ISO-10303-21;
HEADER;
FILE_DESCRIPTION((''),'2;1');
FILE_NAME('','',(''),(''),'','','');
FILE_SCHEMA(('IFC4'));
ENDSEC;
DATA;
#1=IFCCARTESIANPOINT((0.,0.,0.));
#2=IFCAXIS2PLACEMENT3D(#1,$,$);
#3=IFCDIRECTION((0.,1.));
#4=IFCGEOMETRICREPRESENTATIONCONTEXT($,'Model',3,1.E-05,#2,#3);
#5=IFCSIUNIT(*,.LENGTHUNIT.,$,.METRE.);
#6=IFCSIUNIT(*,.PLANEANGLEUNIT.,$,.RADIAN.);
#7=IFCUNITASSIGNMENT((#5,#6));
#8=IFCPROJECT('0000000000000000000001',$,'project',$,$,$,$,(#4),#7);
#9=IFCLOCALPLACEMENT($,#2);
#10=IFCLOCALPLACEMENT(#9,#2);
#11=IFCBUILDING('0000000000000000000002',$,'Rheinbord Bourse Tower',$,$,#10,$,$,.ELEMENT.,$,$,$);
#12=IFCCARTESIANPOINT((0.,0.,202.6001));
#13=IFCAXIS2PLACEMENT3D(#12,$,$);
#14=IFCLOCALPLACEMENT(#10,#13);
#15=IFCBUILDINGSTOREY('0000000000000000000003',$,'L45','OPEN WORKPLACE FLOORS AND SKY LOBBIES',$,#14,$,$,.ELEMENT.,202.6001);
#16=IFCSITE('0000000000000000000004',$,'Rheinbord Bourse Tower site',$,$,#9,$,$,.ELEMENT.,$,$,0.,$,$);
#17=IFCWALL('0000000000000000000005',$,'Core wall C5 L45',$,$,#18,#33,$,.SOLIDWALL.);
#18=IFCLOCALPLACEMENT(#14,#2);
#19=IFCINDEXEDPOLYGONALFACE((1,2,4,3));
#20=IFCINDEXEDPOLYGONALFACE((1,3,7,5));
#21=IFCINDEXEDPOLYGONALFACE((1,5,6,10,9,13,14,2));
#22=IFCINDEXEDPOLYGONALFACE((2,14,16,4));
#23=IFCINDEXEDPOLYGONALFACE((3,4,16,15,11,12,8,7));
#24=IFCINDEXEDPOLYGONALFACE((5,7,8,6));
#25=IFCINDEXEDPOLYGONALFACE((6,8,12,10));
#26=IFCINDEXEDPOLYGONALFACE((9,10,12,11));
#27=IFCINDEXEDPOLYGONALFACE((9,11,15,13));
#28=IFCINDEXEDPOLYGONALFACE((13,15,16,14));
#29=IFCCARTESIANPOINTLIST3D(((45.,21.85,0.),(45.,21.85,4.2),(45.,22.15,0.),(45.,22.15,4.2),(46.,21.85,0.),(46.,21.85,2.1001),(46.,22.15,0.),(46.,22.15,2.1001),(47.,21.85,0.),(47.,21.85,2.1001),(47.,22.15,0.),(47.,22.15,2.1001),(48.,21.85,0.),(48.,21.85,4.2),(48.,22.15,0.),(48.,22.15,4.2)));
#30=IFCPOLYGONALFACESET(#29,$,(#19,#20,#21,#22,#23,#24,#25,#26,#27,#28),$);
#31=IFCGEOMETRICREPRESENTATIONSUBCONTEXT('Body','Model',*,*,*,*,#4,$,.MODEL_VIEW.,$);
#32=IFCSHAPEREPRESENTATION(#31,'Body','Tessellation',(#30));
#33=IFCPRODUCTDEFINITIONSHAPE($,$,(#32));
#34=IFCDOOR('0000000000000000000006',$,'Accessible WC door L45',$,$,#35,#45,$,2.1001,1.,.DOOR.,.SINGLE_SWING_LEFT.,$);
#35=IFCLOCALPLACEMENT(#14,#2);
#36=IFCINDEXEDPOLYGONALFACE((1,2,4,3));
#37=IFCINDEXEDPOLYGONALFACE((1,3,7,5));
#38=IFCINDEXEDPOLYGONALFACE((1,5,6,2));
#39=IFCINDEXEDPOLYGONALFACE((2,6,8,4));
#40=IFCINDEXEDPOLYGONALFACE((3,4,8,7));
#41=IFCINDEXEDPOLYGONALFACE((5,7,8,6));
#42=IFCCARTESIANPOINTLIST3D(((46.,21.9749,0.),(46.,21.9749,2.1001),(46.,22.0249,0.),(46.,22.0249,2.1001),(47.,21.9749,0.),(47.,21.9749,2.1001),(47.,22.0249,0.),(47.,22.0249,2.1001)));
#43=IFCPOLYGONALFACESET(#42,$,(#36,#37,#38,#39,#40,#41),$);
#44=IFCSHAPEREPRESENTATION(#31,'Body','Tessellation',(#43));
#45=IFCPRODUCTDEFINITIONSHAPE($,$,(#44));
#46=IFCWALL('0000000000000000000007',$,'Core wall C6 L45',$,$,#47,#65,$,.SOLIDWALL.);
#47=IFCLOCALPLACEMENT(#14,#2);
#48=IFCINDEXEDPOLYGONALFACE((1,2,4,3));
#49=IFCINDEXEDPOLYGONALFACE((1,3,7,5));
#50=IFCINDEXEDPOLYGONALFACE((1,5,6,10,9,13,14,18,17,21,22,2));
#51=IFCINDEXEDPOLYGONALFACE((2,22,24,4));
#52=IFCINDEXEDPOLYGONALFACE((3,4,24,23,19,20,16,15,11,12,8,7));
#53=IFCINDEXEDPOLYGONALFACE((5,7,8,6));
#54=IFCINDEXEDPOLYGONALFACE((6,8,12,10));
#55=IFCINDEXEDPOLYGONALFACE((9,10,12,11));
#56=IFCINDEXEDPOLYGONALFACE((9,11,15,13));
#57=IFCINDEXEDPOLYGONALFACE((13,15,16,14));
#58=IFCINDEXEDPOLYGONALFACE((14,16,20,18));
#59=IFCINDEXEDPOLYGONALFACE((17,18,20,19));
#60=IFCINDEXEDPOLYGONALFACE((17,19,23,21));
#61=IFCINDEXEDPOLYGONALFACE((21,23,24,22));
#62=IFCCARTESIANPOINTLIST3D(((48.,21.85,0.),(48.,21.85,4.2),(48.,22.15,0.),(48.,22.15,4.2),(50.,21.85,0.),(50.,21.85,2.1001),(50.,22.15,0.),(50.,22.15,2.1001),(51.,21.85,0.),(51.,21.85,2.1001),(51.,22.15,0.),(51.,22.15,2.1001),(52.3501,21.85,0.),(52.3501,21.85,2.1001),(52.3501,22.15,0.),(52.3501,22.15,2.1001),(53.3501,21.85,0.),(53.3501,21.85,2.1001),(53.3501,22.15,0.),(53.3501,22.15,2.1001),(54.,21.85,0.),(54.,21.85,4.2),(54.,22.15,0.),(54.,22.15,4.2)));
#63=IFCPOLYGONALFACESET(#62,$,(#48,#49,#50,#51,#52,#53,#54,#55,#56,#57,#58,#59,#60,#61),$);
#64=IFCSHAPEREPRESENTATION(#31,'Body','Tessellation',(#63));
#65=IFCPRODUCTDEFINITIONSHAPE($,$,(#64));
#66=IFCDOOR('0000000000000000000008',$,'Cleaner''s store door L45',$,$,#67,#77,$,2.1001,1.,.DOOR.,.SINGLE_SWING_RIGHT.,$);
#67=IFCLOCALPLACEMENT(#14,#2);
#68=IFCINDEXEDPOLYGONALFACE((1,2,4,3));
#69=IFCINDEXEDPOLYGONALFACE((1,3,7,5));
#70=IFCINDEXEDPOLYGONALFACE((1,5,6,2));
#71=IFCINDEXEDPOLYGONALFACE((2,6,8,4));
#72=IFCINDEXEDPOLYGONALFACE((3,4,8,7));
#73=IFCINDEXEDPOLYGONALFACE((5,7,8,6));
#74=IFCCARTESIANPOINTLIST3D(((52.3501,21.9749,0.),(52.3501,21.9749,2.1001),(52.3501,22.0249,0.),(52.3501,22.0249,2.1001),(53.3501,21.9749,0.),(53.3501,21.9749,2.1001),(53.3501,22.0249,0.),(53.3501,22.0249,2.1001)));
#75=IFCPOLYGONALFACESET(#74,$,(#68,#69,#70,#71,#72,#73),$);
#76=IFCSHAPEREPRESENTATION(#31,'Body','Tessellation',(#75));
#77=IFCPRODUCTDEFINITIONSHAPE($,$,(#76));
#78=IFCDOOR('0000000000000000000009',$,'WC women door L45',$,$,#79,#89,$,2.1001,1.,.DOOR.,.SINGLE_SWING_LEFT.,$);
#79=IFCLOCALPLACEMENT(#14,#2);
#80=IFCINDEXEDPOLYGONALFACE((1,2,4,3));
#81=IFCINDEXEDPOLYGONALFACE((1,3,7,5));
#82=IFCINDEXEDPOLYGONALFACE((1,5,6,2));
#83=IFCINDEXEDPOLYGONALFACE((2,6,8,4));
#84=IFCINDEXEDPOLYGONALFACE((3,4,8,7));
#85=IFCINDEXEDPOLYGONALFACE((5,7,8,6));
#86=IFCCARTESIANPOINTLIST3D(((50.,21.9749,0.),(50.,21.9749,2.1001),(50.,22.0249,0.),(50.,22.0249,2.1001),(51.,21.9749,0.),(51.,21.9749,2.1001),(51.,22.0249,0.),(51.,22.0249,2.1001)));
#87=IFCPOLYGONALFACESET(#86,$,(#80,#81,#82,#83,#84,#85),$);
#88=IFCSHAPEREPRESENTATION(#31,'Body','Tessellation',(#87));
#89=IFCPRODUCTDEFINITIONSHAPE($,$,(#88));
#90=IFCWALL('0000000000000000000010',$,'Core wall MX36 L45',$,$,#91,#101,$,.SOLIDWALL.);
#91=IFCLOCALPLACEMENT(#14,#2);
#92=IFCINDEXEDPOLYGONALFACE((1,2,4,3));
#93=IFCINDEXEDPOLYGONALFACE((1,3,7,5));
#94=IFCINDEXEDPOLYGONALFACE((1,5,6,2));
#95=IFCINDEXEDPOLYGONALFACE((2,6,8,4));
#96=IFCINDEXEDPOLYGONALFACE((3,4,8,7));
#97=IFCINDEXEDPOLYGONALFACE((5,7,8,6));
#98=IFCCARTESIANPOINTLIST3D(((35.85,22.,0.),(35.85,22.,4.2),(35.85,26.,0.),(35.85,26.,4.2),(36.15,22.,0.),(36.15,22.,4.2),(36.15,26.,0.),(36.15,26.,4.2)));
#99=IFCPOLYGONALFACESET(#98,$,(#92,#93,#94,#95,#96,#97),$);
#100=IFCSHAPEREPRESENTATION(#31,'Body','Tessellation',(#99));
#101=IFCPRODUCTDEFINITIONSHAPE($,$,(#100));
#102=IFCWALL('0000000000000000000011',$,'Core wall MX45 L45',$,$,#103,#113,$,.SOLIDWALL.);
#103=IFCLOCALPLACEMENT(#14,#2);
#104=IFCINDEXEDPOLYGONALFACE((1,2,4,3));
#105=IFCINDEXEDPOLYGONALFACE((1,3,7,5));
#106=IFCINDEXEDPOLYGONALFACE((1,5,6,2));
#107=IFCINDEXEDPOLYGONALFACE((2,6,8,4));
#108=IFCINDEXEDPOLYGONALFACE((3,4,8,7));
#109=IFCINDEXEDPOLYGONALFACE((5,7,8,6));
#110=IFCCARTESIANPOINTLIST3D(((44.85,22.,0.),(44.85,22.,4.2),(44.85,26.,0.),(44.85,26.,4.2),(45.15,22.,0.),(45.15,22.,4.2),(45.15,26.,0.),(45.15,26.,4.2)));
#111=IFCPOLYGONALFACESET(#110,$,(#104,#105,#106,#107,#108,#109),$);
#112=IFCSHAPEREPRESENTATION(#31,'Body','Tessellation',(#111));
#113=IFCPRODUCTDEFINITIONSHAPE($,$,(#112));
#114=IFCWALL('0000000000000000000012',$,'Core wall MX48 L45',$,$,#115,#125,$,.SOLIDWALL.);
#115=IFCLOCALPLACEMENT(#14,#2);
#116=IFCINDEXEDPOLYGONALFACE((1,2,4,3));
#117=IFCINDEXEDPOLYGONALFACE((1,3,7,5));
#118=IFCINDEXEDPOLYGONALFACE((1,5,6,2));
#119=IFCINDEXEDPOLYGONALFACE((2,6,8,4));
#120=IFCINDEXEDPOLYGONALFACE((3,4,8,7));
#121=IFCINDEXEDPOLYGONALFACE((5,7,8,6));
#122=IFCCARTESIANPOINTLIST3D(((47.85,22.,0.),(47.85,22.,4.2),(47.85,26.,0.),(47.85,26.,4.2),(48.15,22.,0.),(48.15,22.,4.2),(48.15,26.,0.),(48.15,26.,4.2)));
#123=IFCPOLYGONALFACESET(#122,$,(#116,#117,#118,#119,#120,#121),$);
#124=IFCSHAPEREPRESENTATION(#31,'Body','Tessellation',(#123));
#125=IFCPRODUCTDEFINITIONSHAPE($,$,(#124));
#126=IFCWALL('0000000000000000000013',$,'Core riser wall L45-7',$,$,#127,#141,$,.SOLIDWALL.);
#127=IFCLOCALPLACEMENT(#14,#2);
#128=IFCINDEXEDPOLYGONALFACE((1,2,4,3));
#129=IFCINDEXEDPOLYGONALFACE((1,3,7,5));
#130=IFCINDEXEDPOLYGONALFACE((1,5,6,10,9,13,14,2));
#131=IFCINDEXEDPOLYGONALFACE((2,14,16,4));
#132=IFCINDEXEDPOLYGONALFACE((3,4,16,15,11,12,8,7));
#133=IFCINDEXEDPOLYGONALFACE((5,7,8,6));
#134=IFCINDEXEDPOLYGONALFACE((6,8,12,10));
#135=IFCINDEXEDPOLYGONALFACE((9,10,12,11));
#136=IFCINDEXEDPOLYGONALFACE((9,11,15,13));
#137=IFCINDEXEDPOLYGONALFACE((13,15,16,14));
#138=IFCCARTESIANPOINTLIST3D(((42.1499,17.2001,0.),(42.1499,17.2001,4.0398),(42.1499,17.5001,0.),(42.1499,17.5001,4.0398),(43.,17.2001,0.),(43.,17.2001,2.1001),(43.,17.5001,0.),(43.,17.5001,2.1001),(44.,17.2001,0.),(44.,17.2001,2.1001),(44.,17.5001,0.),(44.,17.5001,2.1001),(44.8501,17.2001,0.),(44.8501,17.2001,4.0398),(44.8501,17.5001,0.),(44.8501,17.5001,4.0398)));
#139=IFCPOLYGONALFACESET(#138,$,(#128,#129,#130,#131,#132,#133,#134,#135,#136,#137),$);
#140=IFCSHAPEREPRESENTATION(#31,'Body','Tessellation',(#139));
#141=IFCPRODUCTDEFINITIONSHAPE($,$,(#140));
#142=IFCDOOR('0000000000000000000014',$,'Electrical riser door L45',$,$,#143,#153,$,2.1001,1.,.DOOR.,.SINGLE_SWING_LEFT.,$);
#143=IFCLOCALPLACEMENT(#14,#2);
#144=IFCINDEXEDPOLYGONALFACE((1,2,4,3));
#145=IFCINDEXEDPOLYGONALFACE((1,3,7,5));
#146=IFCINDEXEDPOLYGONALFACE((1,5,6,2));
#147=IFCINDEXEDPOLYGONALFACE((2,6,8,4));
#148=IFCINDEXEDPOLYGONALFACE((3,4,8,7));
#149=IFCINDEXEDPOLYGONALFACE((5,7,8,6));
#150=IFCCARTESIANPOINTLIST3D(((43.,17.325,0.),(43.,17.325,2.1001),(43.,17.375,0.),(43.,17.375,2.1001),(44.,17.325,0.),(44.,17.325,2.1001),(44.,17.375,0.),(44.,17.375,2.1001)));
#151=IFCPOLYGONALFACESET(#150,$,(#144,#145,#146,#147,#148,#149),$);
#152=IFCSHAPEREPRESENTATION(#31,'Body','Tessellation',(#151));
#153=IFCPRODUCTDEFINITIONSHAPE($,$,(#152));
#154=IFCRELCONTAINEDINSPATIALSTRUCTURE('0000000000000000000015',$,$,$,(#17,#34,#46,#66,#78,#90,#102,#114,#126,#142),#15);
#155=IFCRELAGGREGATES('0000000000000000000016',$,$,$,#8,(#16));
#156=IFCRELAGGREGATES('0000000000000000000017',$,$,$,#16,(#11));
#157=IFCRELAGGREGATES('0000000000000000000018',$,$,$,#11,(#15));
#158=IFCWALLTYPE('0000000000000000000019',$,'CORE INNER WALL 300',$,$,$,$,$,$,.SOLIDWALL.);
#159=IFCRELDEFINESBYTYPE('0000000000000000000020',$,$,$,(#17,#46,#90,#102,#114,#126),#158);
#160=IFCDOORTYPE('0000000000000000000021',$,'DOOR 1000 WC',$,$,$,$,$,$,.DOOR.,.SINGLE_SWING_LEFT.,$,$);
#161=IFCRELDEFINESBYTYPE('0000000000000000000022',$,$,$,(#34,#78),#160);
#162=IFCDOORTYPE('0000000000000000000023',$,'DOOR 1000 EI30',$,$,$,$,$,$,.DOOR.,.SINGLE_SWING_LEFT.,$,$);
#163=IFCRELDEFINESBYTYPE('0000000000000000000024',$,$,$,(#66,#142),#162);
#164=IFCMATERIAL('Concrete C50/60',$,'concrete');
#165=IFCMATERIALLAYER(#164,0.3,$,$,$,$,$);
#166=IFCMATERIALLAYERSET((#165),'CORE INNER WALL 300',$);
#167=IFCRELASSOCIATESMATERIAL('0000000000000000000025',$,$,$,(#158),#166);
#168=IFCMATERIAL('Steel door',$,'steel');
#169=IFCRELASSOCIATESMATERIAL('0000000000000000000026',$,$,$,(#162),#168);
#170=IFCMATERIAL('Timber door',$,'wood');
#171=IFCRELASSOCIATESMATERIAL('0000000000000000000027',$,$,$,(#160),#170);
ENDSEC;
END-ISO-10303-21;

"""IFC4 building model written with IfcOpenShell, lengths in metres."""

from ifc_helpers import new_model, si_unit, direction, frame, frame_2d, origin, place, context, subcontext, project, spatial, rectangle, extrude, material, layer, layer_set, type_object, element, fill, save


model = new_model("IFC4")

# Units and contexts
model_context = context("Model", 3, precision=1e-05, world=origin(), true_north=direction((0.0, 1.0)))
body_context = subcontext(model_context, "Body", "Model", "MODEL_VIEW")
ifc_project = project(units=[si_unit("LENGTHUNIT", "METRE"), si_unit("PLANEANGLEUNIT", "RADIAN")], contexts=[model_context])

# Site, building, storey
site_placement = place(None, origin())
site = spatial("IfcSite", under=ifc_project, at=site_placement, Name="Rheinbord Bourse Tower site", CompositionType="ELEMENT", RefElevation=0.0)
building_placement = place(site_placement, origin())
building = spatial("IfcBuilding", under=site, at=building_placement, Name="Rheinbord Bourse Tower", CompositionType="ELEMENT")
storey_placement = place(building_placement, frame((0.0, 0.0, 202.6001)))
storey = spatial("IfcBuildingStorey", under=building, at=storey_placement, Name="L45", Description="OPEN WORKPLACE FLOORS AND SKY LOBBIES", CompositionType="ELEMENT", Elevation=202.6001)

# Wall, opening, door
ifc_material_1 = material(Name="Concrete C50/60", Category="concrete")
ifc_layer_1 = layer(ifc_material_1, 0.3)
ifc_layer_set_1 = layer_set([ifc_layer_1], Name="CORE INNER WALL 300")
wall_type_1 = type_object("IfcWallType", Name="CORE INNER WALL 300", PredefinedType="SOLIDWALL", material=ifc_layer_set_1)
ifc_material_2 = material(Name="Steel door", Category="steel")
door_type_1 = type_object("IfcDoorType", Name="DOOR 1000 EI30", OperationType="SINGLE_SWING_LEFT", PredefinedType="DOOR", material=ifc_material_2)
wall_1_placement = place(storey_placement, frame((45.0, 22.0, 0.0), z_axis=(0.0, 0.0, 1.0), x_axis=(1.0, 0.0, 0.0)))
wall_1 = element("IfcWall", 1, at=wall_1_placement, inside=storey, type_object=wall_type_1, Name="Core wall C5 L45", PredefinedType="SOLIDWALL", context=body_context, shape_type="SweptSolid", body=[
    extrude(rectangle(XDim=3.0, YDim=0.3, at=frame_2d((1.5, 0.0))), origin(), (0.0, 0.0, 1.0), 4.2),
])
opening_1_placement = place(wall_1_placement, frame((1.0, 0.0, 0.0)))
opening_1 = element("IfcOpeningElement", 2, at=opening_1_placement, cuts=wall_1, PredefinedType="OPENING", context=body_context, shape_type="SweptSolid", body=[
    extrude(rectangle(XDim=1.0, YDim=2.1001, at=frame_2d((0.5, 1.05))), frame((0.0, 0.1599, 0.0), z_axis=(0.0, -1.0, 0.0), x_axis=(1.0, 0.0, 0.0)), (0.0, 0.0, 1.0), 0.3201),
])
ifc_material_3 = material(Name="Timber door", Category="wood")
door_type_2 = type_object("IfcDoorType", Name="DOOR 1000 WC", OperationType="SINGLE_SWING_LEFT", PredefinedType="DOOR", material=ifc_material_3)
door_1_placement = place(opening_1_placement, origin())
door_1 = element("IfcDoor", 3, at=door_1_placement, inside=storey, type_object=door_type_2, Name="Accessible WC door L45", OperationType="SINGLE_SWING_LEFT", OverallHeight=2.1001, OverallWidth=1.0, PredefinedType="DOOR", context=body_context, shape_type="SweptSolid", body=[
    extrude(rectangle(XDim=1.0, YDim=2.1001, at=frame_2d((0.5, 1.05))), frame((0.0, 0.0249, 0.0), z_axis=(0.0, -1.0, 0.0), x_axis=(1.0, 0.0, 0.0)), (0.0, 0.0, 1.0), 0.05),
])
fill(opening_1, door_1)

# Wall, openings, doors
wall_2_placement = place(storey_placement, frame((48.0, 22.0, 0.0), z_axis=(0.0, 0.0, 1.0), x_axis=(1.0, 0.0, 0.0)))
wall_2 = element("IfcWall", 4, at=wall_2_placement, inside=storey, type_object=wall_type_1, Name="Core wall C6 L45", PredefinedType="SOLIDWALL", context=body_context, shape_type="SweptSolid", body=[
    extrude(rectangle(XDim=6.0, YDim=0.3, at=frame_2d((3.0, 0.0))), origin(), (0.0, 0.0, 1.0), 4.2),
])
opening_2_placement = place(wall_2_placement, frame((2.0, 0.0, 0.0)))
opening_2 = element("IfcOpeningElement", 5, at=opening_2_placement, cuts=wall_2, PredefinedType="OPENING", context=body_context, shape_type="SweptSolid", body=[
    extrude(rectangle(XDim=1.0, YDim=2.1001, at=frame_2d((0.5, 1.05))), frame((0.0, 0.1599, 0.0), z_axis=(0.0, -1.0, 0.0), x_axis=(1.0, 0.0, 0.0)), (0.0, 0.0, 1.0), 0.3201),
])
opening_3_placement = place(wall_2_placement, frame((4.3501, 0.0, 0.0)))
opening_3 = element("IfcOpeningElement", 6, at=opening_3_placement, cuts=wall_2, PredefinedType="OPENING", context=body_context, shape_type="SweptSolid", body=[
    extrude(rectangle(XDim=1.0, YDim=2.1001, at=frame_2d((0.5, 1.05))), frame((0.0, 0.1599, 0.0), z_axis=(0.0, -1.0, 0.0), x_axis=(1.0, 0.0, 0.0)), (0.0, 0.0, 1.0), 0.3201),
])
door_2_placement = place(opening_3_placement, origin())
door_2 = element("IfcDoor", 7, at=door_2_placement, inside=storey, type_object=door_type_1, Name="Cleaner's store door L45", OperationType="SINGLE_SWING_RIGHT", OverallHeight=2.1001, OverallWidth=1.0, PredefinedType="DOOR", context=body_context, shape_type="SweptSolid", body=[
    extrude(rectangle(XDim=1.0, YDim=2.1001, at=frame_2d((0.5, 1.05))), frame((0.0, 0.0249, 0.0), z_axis=(0.0, -1.0, 0.0), x_axis=(1.0, 0.0, 0.0)), (0.0, 0.0, 1.0), 0.05),
])
fill(opening_3, door_2)
door_3_placement = place(opening_2_placement, origin())
door_3 = element("IfcDoor", 8, at=door_3_placement, inside=storey, type_object=door_type_2, Name="WC women door L45", OperationType="SINGLE_SWING_LEFT", OverallHeight=2.1001, OverallWidth=1.0, PredefinedType="DOOR", context=body_context, shape_type="SweptSolid", body=[
    extrude(rectangle(XDim=1.0, YDim=2.1001, at=frame_2d((0.5, 1.05))), frame((0.0, 0.0249, 0.0), z_axis=(0.0, -1.0, 0.0), x_axis=(1.0, 0.0, 0.0)), (0.0, 0.0, 1.0), 0.05),
])
fill(opening_2, door_3)

# Walls
for number, where, z_axis, x_axis, name in (
    (9, (36.0, 22.0, 0.0), (0.0, 0.0, 1.0), (0.0, 1.0, 0.0), "Core wall MX36 L45"),
    (10, (45.0, 22.0, 0.0), (0.0, 0.0, 1.0), (0.0, 1.0, 0.0), "Core wall MX45 L45"),
    (11, (48.0, 22.0, 0.0), (0.0, 0.0, 1.0), (0.0, 1.0, 0.0), "Core wall MX48 L45"),
):
    element("IfcWall", number, at=place(storey_placement, frame(where, z_axis=z_axis, x_axis=x_axis)), inside=storey, type_object=wall_type_1, Name=name, PredefinedType="SOLIDWALL", context=body_context, shape_type="SweptSolid", body=[
        extrude(rectangle(XDim=4.0, YDim=0.3, at=frame_2d((2.0, 0.0))), origin(), (0.0, 0.0, 1.0), 4.2),
    ])

# Wall, opening, door
wall_3_placement = place(storey_placement, frame((42.1499, 17.3501, 0.0), z_axis=(0.0, 0.0, 1.0), x_axis=(1.0, 0.0, 0.0)))
wall_3 = element("IfcWall", 12, at=wall_3_placement, inside=storey, type_object=wall_type_1, Name="Core riser wall L45-7", PredefinedType="SOLIDWALL", context=body_context, shape_type="SweptSolid", body=[
    extrude(rectangle(XDim=2.7002, YDim=0.3, at=frame_2d((1.3501, 0.0))), origin(), (0.0, 0.0, 1.0), 4.0398),
])
opening_4_placement = place(wall_3_placement, frame((0.8501, 0.0, 0.0)))
opening_4 = element("IfcOpeningElement", 13, at=opening_4_placement, cuts=wall_3, PredefinedType="OPENING", context=body_context, shape_type="SweptSolid", body=[
    extrude(rectangle(XDim=1.0, YDim=2.1001, at=frame_2d((0.5, 1.05))), frame((0.0, 0.1599, 0.0), z_axis=(0.0, -1.0, 0.0), x_axis=(1.0, 0.0, 0.0)), (0.0, 0.0, 1.0), 0.3201),
])
door_4_placement = place(opening_4_placement, origin())
door_4 = element("IfcDoor", 14, at=door_4_placement, inside=storey, type_object=door_type_1, Name="Electrical riser door L45", OperationType="SINGLE_SWING_LEFT", OverallHeight=2.1001, OverallWidth=1.0, PredefinedType="DOOR", context=body_context, shape_type="SweptSolid", body=[
    extrude(rectangle(XDim=1.0, YDim=2.1001, at=frame_2d((0.5, 1.05))), frame((0.0, 0.0249, 0.0), z_axis=(0.0, -1.0, 0.0), x_axis=(1.0, 0.0, 0.0)), (0.0, 0.0, 1.0), 0.05),
])
fill(opening_4, door_4)

save(model, "model.ifc")
